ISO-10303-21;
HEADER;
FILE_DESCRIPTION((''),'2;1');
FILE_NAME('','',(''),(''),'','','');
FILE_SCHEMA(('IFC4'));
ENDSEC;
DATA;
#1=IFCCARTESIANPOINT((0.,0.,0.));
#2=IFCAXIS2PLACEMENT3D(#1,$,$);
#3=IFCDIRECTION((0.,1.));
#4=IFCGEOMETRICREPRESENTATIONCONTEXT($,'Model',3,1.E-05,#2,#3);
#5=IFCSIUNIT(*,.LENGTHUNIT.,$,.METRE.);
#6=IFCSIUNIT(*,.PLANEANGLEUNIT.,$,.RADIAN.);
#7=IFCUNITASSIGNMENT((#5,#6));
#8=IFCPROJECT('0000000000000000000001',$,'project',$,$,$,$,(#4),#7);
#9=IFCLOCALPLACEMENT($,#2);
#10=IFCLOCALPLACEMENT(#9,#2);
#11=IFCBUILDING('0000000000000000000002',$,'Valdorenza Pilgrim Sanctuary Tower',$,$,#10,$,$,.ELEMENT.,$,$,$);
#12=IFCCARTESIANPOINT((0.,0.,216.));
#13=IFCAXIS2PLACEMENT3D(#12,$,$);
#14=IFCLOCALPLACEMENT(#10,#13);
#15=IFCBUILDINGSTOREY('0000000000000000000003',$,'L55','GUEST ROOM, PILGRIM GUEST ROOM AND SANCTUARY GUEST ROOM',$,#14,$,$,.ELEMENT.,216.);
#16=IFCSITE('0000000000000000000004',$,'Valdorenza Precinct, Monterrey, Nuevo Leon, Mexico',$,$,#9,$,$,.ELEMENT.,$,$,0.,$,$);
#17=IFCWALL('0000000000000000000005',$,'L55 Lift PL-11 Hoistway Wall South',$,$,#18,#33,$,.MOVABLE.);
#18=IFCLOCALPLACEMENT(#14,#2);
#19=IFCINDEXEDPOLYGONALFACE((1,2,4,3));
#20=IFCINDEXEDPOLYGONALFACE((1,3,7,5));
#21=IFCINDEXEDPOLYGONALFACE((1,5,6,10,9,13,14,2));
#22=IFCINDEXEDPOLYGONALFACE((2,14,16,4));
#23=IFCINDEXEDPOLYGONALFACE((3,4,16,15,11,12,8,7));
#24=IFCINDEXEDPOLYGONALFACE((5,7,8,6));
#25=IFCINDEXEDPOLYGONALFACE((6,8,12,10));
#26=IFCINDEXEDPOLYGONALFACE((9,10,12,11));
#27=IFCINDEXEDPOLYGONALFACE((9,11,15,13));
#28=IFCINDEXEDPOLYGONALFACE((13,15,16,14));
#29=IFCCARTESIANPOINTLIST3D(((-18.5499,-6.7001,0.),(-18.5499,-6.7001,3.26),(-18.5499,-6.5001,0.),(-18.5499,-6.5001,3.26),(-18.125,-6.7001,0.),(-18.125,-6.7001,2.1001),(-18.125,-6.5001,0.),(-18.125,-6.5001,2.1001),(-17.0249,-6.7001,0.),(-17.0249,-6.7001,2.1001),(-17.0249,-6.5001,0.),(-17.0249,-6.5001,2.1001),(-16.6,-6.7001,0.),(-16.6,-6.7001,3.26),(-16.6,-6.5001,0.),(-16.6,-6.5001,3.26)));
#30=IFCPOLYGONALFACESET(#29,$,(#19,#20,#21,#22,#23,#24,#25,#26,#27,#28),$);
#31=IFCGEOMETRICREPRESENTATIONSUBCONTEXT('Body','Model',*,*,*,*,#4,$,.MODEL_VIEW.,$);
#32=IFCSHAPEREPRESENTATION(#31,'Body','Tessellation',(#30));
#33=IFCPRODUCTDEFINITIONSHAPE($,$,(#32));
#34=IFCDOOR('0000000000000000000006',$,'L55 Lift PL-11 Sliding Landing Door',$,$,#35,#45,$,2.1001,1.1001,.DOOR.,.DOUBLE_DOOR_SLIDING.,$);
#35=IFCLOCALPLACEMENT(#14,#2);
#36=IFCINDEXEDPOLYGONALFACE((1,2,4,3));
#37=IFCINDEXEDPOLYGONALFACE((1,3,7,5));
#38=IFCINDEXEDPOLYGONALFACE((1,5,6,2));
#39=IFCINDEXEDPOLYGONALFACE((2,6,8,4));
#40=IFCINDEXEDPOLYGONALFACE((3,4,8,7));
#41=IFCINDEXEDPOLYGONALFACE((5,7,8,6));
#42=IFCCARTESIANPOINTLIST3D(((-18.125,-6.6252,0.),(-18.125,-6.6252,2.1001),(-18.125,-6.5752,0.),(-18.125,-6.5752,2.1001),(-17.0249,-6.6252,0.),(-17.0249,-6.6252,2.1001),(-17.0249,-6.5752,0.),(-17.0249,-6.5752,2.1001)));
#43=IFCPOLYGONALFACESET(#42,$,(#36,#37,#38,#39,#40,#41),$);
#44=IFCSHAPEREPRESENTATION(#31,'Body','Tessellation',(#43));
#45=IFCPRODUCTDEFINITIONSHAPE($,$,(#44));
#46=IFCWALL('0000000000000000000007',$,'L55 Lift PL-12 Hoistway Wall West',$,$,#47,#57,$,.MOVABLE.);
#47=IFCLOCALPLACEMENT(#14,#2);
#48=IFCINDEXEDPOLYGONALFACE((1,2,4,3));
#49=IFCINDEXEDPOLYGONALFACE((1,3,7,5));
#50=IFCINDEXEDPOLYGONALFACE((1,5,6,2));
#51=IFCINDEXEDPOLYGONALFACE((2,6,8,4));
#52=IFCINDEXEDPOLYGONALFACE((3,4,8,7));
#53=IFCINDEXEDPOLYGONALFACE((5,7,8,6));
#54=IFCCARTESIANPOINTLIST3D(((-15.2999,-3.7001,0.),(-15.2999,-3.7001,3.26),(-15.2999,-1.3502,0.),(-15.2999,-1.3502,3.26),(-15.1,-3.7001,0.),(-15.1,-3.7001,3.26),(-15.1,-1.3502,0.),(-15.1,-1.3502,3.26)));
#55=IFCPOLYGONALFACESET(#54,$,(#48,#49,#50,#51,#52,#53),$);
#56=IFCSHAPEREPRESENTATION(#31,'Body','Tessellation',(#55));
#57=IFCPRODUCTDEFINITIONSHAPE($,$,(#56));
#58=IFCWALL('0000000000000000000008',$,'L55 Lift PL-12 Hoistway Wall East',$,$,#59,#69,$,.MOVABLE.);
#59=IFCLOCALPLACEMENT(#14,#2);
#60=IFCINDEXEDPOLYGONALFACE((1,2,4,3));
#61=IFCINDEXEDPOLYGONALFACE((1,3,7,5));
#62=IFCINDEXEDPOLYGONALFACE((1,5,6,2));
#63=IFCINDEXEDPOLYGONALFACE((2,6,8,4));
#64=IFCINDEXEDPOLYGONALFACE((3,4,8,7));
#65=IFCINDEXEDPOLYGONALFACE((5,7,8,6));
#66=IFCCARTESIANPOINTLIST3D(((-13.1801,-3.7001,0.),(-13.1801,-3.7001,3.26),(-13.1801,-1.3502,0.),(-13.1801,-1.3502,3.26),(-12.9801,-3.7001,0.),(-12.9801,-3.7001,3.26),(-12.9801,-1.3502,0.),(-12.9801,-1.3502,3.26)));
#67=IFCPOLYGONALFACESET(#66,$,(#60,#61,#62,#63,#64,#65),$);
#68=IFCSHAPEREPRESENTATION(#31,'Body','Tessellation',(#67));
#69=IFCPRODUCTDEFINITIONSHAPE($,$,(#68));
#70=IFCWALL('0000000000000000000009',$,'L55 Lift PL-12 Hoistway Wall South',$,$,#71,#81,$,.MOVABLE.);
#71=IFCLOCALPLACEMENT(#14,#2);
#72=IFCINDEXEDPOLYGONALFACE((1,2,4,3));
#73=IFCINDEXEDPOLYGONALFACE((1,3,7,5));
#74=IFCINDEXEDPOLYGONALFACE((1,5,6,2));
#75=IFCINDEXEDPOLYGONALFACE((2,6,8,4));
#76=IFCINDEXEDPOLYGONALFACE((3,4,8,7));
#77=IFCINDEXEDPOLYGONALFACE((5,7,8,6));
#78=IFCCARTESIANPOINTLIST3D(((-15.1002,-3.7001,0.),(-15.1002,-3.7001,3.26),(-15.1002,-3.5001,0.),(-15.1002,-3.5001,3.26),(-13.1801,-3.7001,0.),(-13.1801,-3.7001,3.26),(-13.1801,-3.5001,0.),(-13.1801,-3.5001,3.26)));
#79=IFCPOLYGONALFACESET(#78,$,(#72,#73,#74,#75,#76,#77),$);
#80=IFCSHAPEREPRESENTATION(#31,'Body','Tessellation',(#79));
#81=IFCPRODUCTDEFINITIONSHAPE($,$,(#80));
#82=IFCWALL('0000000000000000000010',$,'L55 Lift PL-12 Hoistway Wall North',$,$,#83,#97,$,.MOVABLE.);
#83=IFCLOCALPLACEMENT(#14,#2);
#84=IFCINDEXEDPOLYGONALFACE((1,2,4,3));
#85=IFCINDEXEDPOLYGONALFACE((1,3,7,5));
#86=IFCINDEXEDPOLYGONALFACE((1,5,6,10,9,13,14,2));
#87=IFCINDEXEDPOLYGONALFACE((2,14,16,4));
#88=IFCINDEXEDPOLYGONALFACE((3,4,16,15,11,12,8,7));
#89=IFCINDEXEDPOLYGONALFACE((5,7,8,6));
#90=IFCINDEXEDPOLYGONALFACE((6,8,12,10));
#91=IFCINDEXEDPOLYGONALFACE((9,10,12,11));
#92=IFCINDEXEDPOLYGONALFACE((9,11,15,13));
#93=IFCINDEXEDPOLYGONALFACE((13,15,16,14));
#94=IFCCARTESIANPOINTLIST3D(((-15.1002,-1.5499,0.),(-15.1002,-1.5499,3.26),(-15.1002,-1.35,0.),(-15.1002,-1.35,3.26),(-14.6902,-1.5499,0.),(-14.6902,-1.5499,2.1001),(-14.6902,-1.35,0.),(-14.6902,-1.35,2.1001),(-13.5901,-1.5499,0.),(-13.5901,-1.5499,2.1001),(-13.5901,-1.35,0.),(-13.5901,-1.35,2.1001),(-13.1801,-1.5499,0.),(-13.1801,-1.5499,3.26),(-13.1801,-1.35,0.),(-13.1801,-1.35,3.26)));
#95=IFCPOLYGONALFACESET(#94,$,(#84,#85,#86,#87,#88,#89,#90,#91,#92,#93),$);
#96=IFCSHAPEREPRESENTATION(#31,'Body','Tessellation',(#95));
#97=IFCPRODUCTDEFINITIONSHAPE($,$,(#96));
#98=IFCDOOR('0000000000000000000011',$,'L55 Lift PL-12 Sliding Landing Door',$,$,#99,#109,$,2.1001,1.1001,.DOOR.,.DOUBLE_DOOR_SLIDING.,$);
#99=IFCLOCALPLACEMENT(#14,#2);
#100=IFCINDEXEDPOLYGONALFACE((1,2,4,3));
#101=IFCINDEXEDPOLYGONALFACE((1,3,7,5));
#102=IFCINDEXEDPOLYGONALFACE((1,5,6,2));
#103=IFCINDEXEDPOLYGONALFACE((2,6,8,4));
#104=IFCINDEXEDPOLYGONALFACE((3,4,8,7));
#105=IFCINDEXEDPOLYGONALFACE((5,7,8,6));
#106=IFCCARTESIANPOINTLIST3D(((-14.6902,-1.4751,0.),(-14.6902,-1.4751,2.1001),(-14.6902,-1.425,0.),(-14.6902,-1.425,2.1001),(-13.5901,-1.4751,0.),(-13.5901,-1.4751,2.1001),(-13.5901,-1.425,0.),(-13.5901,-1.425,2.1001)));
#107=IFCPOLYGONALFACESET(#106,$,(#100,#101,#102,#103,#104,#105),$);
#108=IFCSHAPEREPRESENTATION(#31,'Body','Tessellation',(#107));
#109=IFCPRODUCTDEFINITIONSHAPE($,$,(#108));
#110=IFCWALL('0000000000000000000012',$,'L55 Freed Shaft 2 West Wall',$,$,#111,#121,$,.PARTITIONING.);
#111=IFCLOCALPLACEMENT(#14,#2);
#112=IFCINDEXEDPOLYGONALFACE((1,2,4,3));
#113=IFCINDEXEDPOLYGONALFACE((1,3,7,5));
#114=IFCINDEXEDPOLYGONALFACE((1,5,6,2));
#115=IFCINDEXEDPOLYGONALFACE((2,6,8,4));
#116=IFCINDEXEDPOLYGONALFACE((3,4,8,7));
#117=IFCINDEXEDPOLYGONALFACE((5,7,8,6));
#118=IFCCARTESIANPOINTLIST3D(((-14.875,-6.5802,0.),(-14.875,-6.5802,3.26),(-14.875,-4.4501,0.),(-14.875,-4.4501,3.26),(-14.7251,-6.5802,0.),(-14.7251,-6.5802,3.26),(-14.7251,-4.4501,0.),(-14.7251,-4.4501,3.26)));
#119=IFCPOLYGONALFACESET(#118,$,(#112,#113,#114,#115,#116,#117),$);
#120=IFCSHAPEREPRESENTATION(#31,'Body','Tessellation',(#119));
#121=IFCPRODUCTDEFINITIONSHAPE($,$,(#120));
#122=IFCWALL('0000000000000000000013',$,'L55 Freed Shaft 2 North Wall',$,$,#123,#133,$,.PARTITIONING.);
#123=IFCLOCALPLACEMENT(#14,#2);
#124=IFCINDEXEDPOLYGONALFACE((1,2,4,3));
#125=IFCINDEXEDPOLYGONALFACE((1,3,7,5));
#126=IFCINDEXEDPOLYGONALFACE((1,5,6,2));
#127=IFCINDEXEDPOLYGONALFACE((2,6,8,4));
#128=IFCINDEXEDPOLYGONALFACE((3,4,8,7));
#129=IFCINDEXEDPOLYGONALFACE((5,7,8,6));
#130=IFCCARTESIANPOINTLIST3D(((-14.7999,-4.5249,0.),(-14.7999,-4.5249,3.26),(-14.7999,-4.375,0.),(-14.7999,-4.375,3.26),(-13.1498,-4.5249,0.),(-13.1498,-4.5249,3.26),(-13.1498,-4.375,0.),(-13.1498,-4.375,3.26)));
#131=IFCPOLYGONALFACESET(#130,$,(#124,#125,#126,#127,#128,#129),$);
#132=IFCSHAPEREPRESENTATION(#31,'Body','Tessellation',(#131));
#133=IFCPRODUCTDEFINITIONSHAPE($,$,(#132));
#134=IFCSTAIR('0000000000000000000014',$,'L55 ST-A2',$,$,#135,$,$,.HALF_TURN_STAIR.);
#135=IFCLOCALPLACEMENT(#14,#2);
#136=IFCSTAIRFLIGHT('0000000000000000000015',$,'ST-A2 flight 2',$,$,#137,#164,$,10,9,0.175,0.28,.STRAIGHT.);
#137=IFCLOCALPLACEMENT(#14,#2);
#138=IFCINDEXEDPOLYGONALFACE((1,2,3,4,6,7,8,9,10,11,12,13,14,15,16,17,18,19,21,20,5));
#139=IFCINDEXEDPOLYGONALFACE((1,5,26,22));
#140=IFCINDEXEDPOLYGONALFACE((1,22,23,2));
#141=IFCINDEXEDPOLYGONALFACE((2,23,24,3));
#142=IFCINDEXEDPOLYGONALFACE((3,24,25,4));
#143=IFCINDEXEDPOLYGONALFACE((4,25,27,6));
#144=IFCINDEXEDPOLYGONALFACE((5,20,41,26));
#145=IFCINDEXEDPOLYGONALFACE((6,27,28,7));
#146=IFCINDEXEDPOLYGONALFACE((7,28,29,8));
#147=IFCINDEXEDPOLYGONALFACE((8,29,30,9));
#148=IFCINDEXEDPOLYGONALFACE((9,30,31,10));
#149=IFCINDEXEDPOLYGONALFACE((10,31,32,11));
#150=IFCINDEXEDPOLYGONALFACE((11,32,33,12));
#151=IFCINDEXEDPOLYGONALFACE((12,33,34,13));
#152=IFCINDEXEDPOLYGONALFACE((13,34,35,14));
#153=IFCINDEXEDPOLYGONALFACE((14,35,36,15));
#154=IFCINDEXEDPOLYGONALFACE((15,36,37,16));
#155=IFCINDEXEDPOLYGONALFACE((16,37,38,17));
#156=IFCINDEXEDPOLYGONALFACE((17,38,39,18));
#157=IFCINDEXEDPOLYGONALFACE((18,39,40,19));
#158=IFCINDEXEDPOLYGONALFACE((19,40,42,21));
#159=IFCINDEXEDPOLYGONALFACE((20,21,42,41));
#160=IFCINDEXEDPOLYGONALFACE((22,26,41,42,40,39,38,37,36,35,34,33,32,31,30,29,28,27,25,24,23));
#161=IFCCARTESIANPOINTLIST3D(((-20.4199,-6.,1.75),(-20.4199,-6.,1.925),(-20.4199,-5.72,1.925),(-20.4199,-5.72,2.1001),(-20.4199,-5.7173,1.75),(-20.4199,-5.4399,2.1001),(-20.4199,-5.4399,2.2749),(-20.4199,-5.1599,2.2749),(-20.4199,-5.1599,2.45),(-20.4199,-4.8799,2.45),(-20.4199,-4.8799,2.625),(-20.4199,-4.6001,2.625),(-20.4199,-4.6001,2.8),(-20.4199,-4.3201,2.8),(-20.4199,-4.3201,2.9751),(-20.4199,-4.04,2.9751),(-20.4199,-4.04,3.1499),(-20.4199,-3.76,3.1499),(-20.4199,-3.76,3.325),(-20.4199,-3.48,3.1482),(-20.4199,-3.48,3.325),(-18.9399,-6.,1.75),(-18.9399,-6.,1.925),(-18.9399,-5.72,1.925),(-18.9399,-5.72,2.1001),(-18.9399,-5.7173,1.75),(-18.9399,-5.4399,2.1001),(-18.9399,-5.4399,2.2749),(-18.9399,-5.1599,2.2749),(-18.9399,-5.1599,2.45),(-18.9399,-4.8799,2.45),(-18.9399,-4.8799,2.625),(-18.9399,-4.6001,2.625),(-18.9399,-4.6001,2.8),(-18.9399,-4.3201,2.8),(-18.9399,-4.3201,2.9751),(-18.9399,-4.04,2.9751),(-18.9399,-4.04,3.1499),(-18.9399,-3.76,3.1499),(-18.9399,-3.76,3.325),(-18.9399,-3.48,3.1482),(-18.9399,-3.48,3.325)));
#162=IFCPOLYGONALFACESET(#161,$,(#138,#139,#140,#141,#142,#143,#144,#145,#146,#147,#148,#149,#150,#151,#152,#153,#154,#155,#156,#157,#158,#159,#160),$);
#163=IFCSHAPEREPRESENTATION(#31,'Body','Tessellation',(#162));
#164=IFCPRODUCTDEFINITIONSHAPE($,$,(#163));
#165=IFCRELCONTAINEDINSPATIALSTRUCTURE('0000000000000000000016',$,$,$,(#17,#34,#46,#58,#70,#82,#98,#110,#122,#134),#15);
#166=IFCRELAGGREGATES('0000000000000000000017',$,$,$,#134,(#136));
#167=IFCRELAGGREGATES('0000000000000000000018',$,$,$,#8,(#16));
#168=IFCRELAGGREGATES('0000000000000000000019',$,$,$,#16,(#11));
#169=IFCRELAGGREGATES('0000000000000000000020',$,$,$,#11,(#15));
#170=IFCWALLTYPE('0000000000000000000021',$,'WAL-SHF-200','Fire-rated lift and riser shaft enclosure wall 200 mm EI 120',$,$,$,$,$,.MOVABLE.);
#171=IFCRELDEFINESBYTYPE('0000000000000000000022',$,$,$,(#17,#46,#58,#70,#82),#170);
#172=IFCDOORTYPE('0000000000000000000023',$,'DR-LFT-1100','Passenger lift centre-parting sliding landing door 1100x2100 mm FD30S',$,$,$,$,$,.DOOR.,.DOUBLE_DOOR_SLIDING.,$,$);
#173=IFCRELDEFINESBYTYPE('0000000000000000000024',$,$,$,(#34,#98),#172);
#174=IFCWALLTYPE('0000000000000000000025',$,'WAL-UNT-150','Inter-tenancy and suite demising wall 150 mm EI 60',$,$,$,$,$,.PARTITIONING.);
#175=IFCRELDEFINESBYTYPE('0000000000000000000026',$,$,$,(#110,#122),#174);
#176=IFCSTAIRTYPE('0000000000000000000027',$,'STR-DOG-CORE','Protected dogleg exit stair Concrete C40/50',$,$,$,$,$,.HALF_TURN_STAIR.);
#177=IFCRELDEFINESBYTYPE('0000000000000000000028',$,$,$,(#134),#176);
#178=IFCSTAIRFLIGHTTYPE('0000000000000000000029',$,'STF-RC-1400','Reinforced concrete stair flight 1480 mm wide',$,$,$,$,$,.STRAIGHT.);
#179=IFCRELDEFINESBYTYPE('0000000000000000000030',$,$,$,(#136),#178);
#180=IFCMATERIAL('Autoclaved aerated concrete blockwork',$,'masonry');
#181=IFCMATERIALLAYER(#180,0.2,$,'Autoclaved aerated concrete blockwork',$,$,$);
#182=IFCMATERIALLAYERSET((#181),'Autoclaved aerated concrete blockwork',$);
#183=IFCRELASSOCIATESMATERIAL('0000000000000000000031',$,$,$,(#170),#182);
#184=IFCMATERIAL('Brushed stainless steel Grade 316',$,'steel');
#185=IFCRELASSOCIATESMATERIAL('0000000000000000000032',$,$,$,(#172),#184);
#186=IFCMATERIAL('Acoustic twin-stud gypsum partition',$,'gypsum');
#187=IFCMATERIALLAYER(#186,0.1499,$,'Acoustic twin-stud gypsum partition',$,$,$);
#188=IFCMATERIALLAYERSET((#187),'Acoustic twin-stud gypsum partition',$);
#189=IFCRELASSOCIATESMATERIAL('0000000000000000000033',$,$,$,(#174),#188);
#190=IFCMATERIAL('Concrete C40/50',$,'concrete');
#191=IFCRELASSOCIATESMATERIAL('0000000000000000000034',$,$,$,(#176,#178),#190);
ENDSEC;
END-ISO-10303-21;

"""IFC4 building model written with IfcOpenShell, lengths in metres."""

from ifc_helpers import new_model, si_unit, direction, frame, frame_2d, origin, place, context, subcontext, project, spatial, polyline, rectangle, outline, extrude, material, layer, layer_set, type_object, element, fill, aggregate, save


model = new_model("IFC4")

# Units and contexts
model_context = context("Model", 3, precision=1e-05, world=origin(), true_north=direction((0.0, 1.0)))
body_context = subcontext(model_context, "Body", "Model", "MODEL_VIEW")
ifc_project = project(units=[si_unit("LENGTHUNIT", "METRE"), si_unit("PLANEANGLEUNIT", "RADIAN")], contexts=[model_context])

# Site, building, storey
site_placement = place(None, origin())
site = spatial("IfcSite", under=ifc_project, at=site_placement, Name="Valdorenza Precinct, Monterrey, Nuevo Leon, Mexico", CompositionType="ELEMENT", RefElevation=0.0)
building_placement = place(site_placement, origin())
building = spatial("IfcBuilding", under=site, at=building_placement, Name="Valdorenza Pilgrim Sanctuary Tower", CompositionType="ELEMENT")
storey_placement = place(building_placement, frame((0.0, 0.0, 216.0)))
storey = spatial("IfcBuildingStorey", under=building, at=storey_placement, Name="L55", Description="GUEST ROOM, PILGRIM GUEST ROOM AND SANCTUARY GUEST ROOM", CompositionType="ELEMENT", Elevation=216.0)

# Shared definitions
ifc_material_1 = material(Name="Acoustic twin-stud gypsum partition", Category="gypsum")

# Shared definitions
ifc_material_2 = material(Name="Autoclaved aerated concrete blockwork", Category="masonry")
ifc_layer_1 = layer(ifc_material_2, 0.2, Name="Autoclaved aerated concrete blockwork")
ifc_layer_set_1 = layer_set([ifc_layer_1], Name="Autoclaved aerated concrete blockwork")
wall_type_1 = type_object("IfcWallType", Name="WAL-SHF-200", Description="Fire-rated lift and riser shaft enclosure wall 200 mm EI 120", PredefinedType="MOVABLE", material=ifc_layer_set_1)

# Shared definitions
ifc_material_3 = material(Name="Brushed stainless steel Grade 316", Category="steel")

# Wall, opening, door
wall_1_placement = place(storey_placement, frame((-18.55, -6.6001, 0.0), z_axis=(0.0, 0.0, 1.0), x_axis=(1.0, 0.0, 0.0)))
wall_1 = element("IfcWall", 1, at=wall_1_placement, inside=storey, type_object=wall_type_1, Name="L55 Lift PL-11 Hoistway Wall South", PredefinedType="MOVABLE", context=body_context, shape_type="SweptSolid", body=[
    extrude(rectangle(XDim=1.95, YDim=0.2, at=frame_2d((0.9751, 0.0))), origin(), (0.0, 0.0, 1.0), 3.26),
])
opening_1_placement = place(wall_1_placement, frame((0.425, 0.0, 0.0)))
opening_1 = element("IfcOpeningElement", 2, at=opening_1_placement, cuts=wall_1, PredefinedType="OPENING", context=body_context, shape_type="SweptSolid", body=[
    extrude(rectangle(XDim=1.1001, YDim=2.1001, at=frame_2d((0.55, 1.05))), frame((0.0, 0.1147, 0.0), z_axis=(0.0, -1.0, 0.0), x_axis=(1.0, 0.0, 0.0)), (0.0, 0.0, 1.0), 0.2297),
])
door_type_1 = type_object("IfcDoorType", Name="DR-LFT-1100", Description="Passenger lift centre-parting sliding landing door 1100x2100 mm FD30S", OperationType="DOUBLE_DOOR_SLIDING", PredefinedType="DOOR", material=ifc_material_3)
door_1_placement = place(opening_1_placement, origin())
door_1 = element("IfcDoor", 3, at=door_1_placement, inside=storey, type_object=door_type_1, Name="L55 Lift PL-11 Sliding Landing Door", OperationType="DOUBLE_DOOR_SLIDING", OverallHeight=2.1001, OverallWidth=1.1001, PredefinedType="DOOR", context=body_context, shape_type="SweptSolid", body=[
    extrude(rectangle(XDim=1.1001, YDim=2.1001, at=frame_2d((0.55, 1.05))), frame((0.0, 0.0249, 0.0), z_axis=(0.0, -1.0, 0.0), x_axis=(1.0, 0.0, 0.0)), (0.0, 0.0, 1.0), 0.05),
])
fill(opening_1, door_1)

# Walls
for number, where, z_axis, x_axis, name in (
    (4, (-15.2, -3.7, 0.0), (0.0, 0.0, 1.0), (0.0, 1.0, 0.0), "L55 Lift PL-12 Hoistway Wall West"),
    (5, (-13.0801, -3.7, 0.0), (0.0, 0.0, 1.0), (0.0, 1.0, 0.0), "L55 Lift PL-12 Hoistway Wall East"),
):
    element("IfcWall", number, at=place(storey_placement, frame(where, z_axis=z_axis, x_axis=x_axis)), inside=storey, type_object=wall_type_1, Name=name, PredefinedType="MOVABLE", context=body_context, shape_type="SweptSolid", body=[
        extrude(rectangle(XDim=2.3499, YDim=0.2, at=frame_2d((1.1748, 0.0))), origin(), (0.0, 0.0, 1.0), 3.26),
    ])
wall_2_placement = place(storey_placement, frame((-15.1001, -3.6001, 0.0), z_axis=(0.0, 0.0, 1.0), x_axis=(1.0, 0.0, 0.0)))
element("IfcWall", 6, at=wall_2_placement, inside=storey, type_object=wall_type_1, Name="L55 Lift PL-12 Hoistway Wall South", PredefinedType="MOVABLE", context=body_context, shape_type="SweptSolid", body=[
    extrude(rectangle(XDim=1.9202, YDim=0.2, at=frame_2d((0.96, 0.0))), origin(), (0.0, 0.0, 1.0), 3.26),
])

# Wall, opening, door
wall_3_placement = place(storey_placement, frame((-15.1001, -1.45, 0.0), z_axis=(0.0, 0.0, 1.0), x_axis=(1.0, 0.0, 0.0)))
wall_3 = element("IfcWall", 7, at=wall_3_placement, inside=storey, type_object=wall_type_1, Name="L55 Lift PL-12 Hoistway Wall North", PredefinedType="MOVABLE", context=body_context, shape_type="SweptSolid", body=[
    extrude(rectangle(XDim=1.9202, YDim=0.2, at=frame_2d((0.96, 0.0))), origin(), (0.0, 0.0, 1.0), 3.26),
])
opening_2_placement = place(wall_3_placement, frame((0.4099, 0.0, 0.0)))
opening_2 = element("IfcOpeningElement", 8, at=opening_2_placement, cuts=wall_3, PredefinedType="OPENING", context=body_context, shape_type="SweptSolid", body=[
    extrude(rectangle(XDim=1.1001, YDim=2.1001, at=frame_2d((0.55, 1.05))), frame((0.0, 0.1147, 0.0), z_axis=(0.0, -1.0, 0.0), x_axis=(1.0, 0.0, 0.0)), (0.0, 0.0, 1.0), 0.2297),
])
door_2_placement = place(opening_2_placement, origin())
door_2 = element("IfcDoor", 9, at=door_2_placement, inside=storey, type_object=door_type_1, Name="L55 Lift PL-12 Sliding Landing Door", OperationType="DOUBLE_DOOR_SLIDING", OverallHeight=2.1001, OverallWidth=1.1001, PredefinedType="DOOR", context=body_context, shape_type="SweptSolid", body=[
    extrude(rectangle(XDim=1.1001, YDim=2.1001, at=frame_2d((0.55, 1.05))), frame((0.0, 0.0249, 0.0), z_axis=(0.0, -1.0, 0.0), x_axis=(1.0, 0.0, 0.0)), (0.0, 0.0, 1.0), 0.05),
])
fill(opening_2, door_2)

# Walls
ifc_layer_2 = layer(ifc_material_1, 0.1499, Name="Acoustic twin-stud gypsum partition")
ifc_layer_set_2 = layer_set([ifc_layer_2], Name="Acoustic twin-stud gypsum partition")
wall_type_2 = type_object("IfcWallType", Name="WAL-UNT-150", Description="Inter-tenancy and suite demising wall 150 mm EI 60", PredefinedType="PARTITIONING", material=ifc_layer_set_2)
wall_4_placement = place(storey_placement, frame((-14.8, -6.5801, 0.0), z_axis=(0.0, 0.0, 1.0), x_axis=(0.0, 1.0, 0.0)))
element("IfcWall", 10, at=wall_4_placement, inside=storey, type_object=wall_type_2, Name="L55 Freed Shaft 2 West Wall", PredefinedType="PARTITIONING", context=body_context, shape_type="SweptSolid", body=[
    extrude(rectangle(XDim=2.1301, YDim=0.1499, at=frame_2d((1.0649, 0.0))), origin(), (0.0, 0.0, 1.0), 3.26),
])
wall_5_placement = place(storey_placement, frame((-14.8, -4.45, 0.0), z_axis=(0.0, 0.0, 1.0), x_axis=(1.0, 0.0, 0.0)))
element("IfcWall", 11, at=wall_5_placement, inside=storey, type_object=wall_type_2, Name="L55 Freed Shaft 2 North Wall", PredefinedType="PARTITIONING", context=body_context, shape_type="SweptSolid", body=[
    extrude(rectangle(XDim=1.6501, YDim=0.1499, at=frame_2d((0.8252, 0.0))), origin(), (0.0, 0.0, 1.0), 3.26),
])

# Stair, stair flight
ifc_material_4 = material(Name="Concrete C40/50", Category="concrete")
stair_type = type_object("IfcStairType", Name="STR-DOG-CORE", Description="Protected dogleg exit stair Concrete C40/50", PredefinedType="HALF_TURN_STAIR", material=ifc_material_4)
stair_placement = place(storey_placement, origin())
stair = element("IfcStair", 12, at=stair_placement, inside=storey, type_object=stair_type, Name="L55 ST-A2", PredefinedType="HALF_TURN_STAIR")
stair_flight_type = type_object("IfcStairFlightType", Name="STF-RC-1400", Description="Reinforced concrete stair flight 1480 mm wide", PredefinedType="STRAIGHT", material=ifc_material_4)
stair_flight_placement = place(storey_placement, frame((-19.6799, -6.0, 1.75), z_axis=(0.0, 0.0, 1.0), x_axis=(0.0, 1.0, 0.0)))
stair_flight = element("IfcStairFlight", 13, at=stair_flight_placement, type_object=stair_flight_type, Name="ST-A2 flight 2", NumberOfRisers=10, NumberOfTreads=9, PredefinedType="STRAIGHT", RiserHeight=0.175, TreadLength=0.28, context=body_context, shape_type="SweptSolid", body=[
    extrude(outline(polyline([(0.0, 0.0), (0.0, 0.175), (0.28, 0.175), (0.28, 0.3501), (0.5601, 0.3501), (0.5601, 0.5249), (0.8401, 0.5249), (0.8401, 0.7), (1.1201, 0.7), (1.1201, 0.875), (1.3999, 0.875), (1.3999, 1.05), (1.6799, 1.05), (1.6799, 1.2251), (1.96, 1.2251), (1.96, 1.3999), (2.24, 1.3999), (2.24, 1.575), (2.52, 1.575), (2.52, 1.75), (2.52, 1.3982), (0.2827, 0.0), (0.0, 0.0)])), frame((0.0, 0.74, 0.0), z_axis=(0.0, -1.0, 0.0), x_axis=(1.0, 0.0, 0.0)), (0.0, 0.0, 1.0), 1.48),
])
aggregate(stair, [stair_flight])

save(model, "model.ifc")
